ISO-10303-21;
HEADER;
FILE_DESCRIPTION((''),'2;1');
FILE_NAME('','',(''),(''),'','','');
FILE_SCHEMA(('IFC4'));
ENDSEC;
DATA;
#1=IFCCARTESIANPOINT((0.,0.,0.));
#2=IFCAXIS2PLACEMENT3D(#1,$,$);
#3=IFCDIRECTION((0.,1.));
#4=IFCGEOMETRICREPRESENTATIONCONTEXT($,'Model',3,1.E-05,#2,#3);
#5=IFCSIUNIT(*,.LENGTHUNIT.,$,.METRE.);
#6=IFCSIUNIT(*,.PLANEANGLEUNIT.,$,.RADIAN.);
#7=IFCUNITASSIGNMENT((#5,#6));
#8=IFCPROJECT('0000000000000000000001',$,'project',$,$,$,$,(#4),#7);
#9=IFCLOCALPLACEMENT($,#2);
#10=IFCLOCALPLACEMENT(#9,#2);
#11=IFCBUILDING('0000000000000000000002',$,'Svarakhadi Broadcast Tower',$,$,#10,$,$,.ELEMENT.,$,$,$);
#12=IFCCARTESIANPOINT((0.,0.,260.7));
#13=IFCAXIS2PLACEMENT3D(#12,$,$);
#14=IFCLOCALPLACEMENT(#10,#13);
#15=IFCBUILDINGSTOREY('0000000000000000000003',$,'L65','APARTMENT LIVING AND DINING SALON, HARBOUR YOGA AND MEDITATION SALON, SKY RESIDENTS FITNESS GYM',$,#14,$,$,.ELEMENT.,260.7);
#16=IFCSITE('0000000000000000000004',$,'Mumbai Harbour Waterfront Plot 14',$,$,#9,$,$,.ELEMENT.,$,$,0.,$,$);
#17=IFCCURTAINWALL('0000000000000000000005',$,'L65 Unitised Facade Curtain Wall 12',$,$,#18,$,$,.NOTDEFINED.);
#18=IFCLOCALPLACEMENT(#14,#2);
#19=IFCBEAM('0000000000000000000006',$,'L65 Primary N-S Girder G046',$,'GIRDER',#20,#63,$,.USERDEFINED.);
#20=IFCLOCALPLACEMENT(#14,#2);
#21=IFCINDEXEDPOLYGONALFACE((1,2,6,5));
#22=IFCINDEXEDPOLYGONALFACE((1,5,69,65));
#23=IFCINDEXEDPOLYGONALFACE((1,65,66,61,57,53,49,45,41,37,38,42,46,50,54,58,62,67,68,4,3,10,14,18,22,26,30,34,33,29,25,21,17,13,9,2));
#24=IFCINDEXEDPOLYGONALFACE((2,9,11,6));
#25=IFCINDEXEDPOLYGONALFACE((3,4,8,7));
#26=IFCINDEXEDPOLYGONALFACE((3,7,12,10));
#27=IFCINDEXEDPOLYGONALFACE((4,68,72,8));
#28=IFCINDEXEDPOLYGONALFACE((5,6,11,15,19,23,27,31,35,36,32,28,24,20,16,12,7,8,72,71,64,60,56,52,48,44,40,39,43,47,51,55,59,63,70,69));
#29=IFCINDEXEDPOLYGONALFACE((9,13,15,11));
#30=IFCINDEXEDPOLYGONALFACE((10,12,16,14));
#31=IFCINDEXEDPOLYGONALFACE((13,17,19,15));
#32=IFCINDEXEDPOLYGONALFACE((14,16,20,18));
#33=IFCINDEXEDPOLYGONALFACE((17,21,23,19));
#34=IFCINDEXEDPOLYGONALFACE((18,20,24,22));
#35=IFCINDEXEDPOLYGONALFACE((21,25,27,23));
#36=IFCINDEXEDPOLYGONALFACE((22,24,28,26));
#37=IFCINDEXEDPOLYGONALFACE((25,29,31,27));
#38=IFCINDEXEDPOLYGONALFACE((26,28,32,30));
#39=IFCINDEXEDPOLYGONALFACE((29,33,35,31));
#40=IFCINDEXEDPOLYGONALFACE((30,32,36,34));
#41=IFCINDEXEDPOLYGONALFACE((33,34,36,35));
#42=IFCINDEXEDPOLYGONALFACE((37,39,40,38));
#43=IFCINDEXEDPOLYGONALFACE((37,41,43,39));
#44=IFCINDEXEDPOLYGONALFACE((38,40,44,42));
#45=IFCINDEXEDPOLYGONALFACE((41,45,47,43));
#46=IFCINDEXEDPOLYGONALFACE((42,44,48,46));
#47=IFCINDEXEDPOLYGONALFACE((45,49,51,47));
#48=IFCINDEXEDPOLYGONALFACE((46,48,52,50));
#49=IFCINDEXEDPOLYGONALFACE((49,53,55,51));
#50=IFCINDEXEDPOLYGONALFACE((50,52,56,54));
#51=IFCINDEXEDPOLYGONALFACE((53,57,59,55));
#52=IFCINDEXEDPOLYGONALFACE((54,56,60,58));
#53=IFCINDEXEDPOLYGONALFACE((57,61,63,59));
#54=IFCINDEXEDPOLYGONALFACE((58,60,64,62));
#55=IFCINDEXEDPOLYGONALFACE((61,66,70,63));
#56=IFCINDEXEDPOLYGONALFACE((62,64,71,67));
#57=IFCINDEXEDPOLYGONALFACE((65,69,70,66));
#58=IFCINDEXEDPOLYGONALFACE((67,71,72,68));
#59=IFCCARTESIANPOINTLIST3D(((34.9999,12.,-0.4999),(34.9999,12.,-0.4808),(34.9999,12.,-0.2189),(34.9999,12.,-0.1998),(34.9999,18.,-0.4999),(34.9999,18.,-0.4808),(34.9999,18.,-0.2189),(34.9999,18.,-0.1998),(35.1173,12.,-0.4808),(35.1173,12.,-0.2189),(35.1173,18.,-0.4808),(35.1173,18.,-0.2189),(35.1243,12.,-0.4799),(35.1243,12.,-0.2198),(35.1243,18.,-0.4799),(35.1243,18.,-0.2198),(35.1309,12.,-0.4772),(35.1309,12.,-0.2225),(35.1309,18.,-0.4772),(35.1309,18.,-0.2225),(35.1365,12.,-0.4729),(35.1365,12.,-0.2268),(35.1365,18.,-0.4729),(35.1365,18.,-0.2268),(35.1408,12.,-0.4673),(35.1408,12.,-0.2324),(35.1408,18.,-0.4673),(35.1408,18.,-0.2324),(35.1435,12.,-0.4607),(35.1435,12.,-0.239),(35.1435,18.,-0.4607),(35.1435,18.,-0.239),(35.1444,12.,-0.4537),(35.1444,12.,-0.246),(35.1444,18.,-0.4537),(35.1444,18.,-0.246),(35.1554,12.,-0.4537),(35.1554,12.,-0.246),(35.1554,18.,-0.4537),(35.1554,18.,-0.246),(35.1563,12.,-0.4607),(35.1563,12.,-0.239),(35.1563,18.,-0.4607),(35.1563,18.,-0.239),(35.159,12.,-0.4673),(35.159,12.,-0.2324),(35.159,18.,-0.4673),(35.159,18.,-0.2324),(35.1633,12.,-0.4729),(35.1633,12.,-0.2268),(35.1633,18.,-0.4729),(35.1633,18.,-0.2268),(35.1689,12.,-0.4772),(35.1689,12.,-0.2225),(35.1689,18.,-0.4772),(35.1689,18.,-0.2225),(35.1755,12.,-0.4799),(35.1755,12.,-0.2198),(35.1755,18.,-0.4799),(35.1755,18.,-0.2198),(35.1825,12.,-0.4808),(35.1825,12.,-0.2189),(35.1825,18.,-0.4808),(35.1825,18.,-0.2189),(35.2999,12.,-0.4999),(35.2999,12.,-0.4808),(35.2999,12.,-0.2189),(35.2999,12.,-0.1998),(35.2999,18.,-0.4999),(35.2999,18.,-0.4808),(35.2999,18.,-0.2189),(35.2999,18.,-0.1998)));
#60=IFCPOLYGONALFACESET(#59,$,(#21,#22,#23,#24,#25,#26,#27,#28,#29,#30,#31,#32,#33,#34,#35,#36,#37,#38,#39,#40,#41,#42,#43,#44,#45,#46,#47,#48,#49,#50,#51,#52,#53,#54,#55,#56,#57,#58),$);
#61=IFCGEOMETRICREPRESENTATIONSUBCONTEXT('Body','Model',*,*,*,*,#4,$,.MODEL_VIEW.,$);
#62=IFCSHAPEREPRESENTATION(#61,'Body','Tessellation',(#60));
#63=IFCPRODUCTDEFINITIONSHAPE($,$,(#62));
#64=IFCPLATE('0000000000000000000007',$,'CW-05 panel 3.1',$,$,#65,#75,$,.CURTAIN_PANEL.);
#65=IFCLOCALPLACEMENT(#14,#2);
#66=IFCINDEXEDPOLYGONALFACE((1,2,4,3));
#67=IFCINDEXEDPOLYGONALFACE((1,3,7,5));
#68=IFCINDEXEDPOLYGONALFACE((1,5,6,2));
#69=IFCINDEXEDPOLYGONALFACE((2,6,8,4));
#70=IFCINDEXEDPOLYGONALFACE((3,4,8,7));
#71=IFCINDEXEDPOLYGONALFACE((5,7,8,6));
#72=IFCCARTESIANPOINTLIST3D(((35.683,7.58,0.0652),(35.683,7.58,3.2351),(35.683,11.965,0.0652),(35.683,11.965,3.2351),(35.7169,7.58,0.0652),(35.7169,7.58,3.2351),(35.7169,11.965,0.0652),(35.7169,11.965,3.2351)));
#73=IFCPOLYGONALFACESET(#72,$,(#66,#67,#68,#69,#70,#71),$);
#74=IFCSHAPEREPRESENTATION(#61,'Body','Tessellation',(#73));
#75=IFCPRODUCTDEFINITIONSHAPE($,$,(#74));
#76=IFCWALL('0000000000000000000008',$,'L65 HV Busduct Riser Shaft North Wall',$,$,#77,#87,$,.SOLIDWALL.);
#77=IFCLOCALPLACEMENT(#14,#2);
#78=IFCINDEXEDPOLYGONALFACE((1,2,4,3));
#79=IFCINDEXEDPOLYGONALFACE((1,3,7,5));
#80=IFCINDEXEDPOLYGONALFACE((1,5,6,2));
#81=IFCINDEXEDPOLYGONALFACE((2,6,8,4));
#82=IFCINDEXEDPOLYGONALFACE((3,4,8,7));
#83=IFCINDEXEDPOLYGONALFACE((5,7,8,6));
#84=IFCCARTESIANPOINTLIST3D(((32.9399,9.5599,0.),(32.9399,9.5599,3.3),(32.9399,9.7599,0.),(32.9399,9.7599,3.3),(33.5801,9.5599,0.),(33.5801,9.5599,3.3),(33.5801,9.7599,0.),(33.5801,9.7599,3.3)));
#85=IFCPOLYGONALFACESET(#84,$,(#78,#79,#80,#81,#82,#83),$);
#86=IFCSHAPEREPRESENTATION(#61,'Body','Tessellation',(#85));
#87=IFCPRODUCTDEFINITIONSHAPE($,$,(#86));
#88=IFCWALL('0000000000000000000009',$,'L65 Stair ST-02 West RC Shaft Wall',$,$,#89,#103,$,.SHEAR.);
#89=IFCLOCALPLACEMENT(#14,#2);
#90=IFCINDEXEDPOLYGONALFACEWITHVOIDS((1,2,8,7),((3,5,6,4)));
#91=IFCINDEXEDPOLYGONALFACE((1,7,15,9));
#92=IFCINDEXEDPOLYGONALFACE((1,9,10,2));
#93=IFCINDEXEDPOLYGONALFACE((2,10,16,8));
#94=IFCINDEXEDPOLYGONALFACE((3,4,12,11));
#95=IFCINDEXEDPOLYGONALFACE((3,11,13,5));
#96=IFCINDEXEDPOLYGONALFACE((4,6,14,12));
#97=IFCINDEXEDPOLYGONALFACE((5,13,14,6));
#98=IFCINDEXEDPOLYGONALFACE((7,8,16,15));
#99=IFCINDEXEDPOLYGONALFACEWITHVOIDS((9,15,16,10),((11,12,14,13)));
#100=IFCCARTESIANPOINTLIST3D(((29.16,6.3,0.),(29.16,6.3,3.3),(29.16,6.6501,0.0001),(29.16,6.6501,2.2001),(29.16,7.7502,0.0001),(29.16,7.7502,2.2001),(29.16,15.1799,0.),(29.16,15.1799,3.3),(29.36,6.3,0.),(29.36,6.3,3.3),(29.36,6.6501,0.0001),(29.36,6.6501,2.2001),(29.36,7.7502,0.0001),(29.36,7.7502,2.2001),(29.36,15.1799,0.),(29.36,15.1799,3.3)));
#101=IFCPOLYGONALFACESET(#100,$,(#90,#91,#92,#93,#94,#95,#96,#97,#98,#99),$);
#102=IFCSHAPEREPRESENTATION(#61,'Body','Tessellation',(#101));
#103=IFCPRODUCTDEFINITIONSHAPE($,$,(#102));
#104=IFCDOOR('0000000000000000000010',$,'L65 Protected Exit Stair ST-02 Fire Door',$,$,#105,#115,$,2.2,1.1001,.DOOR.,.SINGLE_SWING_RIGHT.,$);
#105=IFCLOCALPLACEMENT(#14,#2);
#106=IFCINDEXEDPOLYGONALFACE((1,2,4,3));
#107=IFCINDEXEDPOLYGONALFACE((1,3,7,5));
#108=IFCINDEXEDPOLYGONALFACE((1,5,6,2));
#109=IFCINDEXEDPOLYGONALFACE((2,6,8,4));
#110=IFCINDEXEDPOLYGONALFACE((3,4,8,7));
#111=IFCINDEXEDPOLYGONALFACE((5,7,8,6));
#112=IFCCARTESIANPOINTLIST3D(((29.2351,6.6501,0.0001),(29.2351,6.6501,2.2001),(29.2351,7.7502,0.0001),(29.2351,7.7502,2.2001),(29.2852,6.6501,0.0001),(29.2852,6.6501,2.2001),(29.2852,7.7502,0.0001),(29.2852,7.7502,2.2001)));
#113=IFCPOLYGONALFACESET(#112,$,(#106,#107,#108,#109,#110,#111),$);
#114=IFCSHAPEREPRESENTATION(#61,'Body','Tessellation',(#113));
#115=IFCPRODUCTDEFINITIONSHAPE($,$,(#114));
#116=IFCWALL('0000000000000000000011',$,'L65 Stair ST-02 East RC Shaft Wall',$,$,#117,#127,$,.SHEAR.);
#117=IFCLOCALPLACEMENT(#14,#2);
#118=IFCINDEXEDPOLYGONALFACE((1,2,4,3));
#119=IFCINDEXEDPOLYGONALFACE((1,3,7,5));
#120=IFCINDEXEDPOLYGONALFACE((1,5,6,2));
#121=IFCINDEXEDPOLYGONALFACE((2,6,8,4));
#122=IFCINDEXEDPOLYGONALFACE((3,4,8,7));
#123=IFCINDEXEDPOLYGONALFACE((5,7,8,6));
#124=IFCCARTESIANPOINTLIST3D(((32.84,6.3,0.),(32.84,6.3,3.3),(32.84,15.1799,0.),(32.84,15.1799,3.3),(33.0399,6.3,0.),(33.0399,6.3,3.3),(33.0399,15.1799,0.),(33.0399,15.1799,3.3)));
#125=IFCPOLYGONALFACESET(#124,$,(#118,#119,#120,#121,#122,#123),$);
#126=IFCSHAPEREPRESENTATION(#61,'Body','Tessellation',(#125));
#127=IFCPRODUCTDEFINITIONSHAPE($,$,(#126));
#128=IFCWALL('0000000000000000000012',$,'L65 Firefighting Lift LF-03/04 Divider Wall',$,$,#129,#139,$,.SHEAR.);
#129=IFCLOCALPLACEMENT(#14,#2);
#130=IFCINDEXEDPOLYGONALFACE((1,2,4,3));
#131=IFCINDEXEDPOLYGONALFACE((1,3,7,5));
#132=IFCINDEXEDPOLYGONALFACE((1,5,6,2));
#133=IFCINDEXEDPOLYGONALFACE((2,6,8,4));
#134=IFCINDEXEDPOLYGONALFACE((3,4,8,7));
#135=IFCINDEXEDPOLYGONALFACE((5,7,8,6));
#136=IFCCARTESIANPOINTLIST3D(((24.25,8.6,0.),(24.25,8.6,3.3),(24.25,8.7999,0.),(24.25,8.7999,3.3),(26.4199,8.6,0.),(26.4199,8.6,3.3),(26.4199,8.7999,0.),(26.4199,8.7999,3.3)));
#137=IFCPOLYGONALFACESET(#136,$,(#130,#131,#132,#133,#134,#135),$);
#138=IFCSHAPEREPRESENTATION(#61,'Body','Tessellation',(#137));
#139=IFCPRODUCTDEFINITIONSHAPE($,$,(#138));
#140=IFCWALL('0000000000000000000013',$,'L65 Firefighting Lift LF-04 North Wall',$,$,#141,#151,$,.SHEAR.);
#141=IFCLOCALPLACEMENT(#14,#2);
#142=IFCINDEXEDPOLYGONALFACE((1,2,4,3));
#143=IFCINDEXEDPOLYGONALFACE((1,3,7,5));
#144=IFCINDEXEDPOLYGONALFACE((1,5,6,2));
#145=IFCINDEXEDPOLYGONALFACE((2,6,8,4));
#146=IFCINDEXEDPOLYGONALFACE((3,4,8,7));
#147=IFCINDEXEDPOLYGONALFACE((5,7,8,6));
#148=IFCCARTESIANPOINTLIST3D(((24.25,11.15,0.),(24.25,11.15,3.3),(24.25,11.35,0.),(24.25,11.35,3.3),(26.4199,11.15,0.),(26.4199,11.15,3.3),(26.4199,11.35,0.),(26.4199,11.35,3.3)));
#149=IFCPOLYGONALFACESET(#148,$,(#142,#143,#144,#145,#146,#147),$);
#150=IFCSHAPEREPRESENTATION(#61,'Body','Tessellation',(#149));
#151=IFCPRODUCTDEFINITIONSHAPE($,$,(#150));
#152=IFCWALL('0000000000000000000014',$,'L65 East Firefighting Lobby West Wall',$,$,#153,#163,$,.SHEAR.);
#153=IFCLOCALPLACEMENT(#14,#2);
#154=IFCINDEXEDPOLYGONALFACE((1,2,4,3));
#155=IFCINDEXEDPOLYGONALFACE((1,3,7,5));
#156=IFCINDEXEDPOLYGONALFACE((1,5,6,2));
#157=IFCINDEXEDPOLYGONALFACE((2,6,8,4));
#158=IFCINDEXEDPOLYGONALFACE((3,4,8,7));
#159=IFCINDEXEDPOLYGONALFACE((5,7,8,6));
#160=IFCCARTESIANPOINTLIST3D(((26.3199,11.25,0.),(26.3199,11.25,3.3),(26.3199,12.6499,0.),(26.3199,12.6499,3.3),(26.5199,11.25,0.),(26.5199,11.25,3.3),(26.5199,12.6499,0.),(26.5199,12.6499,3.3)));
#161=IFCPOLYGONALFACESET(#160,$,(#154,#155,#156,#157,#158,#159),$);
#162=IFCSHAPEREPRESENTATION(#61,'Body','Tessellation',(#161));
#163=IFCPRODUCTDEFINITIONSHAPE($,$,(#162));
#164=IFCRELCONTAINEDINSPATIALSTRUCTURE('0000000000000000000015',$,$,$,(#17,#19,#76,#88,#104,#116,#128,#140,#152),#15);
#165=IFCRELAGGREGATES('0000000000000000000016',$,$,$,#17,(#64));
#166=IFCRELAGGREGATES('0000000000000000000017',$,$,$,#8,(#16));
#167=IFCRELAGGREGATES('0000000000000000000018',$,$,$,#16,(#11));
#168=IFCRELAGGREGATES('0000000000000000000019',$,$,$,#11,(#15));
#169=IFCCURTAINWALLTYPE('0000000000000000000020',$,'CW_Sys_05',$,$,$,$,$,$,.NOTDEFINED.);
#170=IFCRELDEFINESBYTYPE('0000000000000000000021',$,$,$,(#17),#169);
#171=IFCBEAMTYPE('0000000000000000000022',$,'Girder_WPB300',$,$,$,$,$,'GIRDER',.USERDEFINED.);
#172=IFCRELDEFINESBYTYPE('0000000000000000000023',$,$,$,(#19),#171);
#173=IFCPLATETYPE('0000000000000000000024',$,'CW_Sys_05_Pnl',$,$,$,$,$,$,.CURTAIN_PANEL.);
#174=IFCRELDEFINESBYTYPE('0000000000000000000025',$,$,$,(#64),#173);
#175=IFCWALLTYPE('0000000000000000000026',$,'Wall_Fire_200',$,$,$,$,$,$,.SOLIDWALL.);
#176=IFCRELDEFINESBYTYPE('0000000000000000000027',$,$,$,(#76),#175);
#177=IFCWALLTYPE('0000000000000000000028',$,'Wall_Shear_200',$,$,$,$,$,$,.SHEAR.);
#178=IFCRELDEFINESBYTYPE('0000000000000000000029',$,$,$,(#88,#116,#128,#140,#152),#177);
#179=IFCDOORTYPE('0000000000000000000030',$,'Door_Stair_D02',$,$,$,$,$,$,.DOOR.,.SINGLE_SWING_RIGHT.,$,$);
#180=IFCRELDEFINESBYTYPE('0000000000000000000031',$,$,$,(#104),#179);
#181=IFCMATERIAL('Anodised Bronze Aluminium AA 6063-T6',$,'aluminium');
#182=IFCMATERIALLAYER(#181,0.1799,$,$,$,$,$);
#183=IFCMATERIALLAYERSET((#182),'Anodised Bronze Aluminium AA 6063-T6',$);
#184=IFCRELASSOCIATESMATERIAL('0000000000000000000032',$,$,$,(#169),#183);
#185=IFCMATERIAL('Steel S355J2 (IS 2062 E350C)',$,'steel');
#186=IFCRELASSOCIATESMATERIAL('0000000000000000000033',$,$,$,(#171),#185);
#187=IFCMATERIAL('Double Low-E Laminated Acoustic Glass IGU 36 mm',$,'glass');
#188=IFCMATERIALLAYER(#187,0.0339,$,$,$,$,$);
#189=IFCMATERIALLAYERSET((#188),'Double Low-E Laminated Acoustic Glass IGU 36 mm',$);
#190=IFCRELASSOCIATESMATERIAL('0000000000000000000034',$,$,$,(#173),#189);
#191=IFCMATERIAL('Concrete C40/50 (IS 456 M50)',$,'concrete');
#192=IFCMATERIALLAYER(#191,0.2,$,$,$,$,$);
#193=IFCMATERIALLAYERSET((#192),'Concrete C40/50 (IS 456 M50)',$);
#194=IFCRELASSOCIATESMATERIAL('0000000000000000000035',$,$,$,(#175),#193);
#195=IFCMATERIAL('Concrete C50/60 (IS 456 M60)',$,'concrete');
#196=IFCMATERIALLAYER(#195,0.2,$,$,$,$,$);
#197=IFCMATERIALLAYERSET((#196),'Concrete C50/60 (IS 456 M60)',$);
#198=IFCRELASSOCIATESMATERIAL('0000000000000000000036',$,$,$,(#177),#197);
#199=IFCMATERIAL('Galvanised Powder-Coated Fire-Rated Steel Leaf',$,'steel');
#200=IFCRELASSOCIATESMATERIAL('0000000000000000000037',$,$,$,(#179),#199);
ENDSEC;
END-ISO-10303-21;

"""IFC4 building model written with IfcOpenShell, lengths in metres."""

from ifc_helpers import new_model, si_unit, direction, frame, frame_2d, origin, origin_2d, place, context, subcontext, project, spatial, rectangle, i_section, extrude, material, layer, layer_set, material_profile, profile_set, type_object, element, fill, aggregate, save


model = new_model("IFC4")

# Units and contexts
model_context = context("Model", 3, precision=1e-05, world=origin(), true_north=direction((0.0, 1.0)))
body_context = subcontext(model_context, "Body", "Model", "MODEL_VIEW")
ifc_project = project(units=[si_unit("LENGTHUNIT", "METRE"), si_unit("PLANEANGLEUNIT", "RADIAN")], contexts=[model_context])

# Site, building, storey
site_placement = place(None, origin())
site = spatial("IfcSite", under=ifc_project, at=site_placement, Name="Mumbai Harbour Waterfront Plot 14", CompositionType="ELEMENT", RefElevation=0.0)
building_placement = place(site_placement, origin())
building = spatial("IfcBuilding", under=site, at=building_placement, Name="Svarakhadi Broadcast Tower", CompositionType="ELEMENT")
storey_placement = place(building_placement, frame((0.0, 0.0, 260.7)))
storey = spatial("IfcBuildingStorey", under=building, at=storey_placement, Name="L65", Description="APARTMENT LIVING AND DINING SALON, HARBOUR YOGA AND MEDITATION SALON, SKY RESIDENTS FITNESS GYM", CompositionType="ELEMENT", Elevation=260.7)

# Curtain wall
ifc_material_1 = material(Name="Anodised Bronze Aluminium AA 6063-T6", Category="aluminium")
ifc_layer_1 = layer(ifc_material_1, 0.1799)
ifc_layer_set_1 = layer_set([ifc_layer_1], Name="Anodised Bronze Aluminium AA 6063-T6")
curtain_wall_type = type_object("IfcCurtainWallType", Name="CW_Sys_05", PredefinedType="NOTDEFINED", material=ifc_layer_set_1)
curtain_wall_placement = place(storey_placement, origin())
curtain_wall = element("IfcCurtainWall", 1, at=curtain_wall_placement, inside=storey, type_object=curtain_wall_type, Name="L65 Unitised Facade Curtain Wall 12", PredefinedType="NOTDEFINED")

# Beam
ifc_material_2 = material(Name="Concrete C50/60 (IS 456 M60)", Category="concrete")
ifc_material_3 = material(Name="Steel S355J2 (IS 2062 E350C)", Category="steel")
ifc_material_profile_1 = material_profile(ifc_material_3, i_section(OverallWidth=0.3, OverallDepth=0.3, WebThickness=0.011, FlangeThickness=0.019, FilletRadius=0.0271, at=origin_2d()), Name="WPB 300x300x117")
ifc_profile_set_1 = profile_set([ifc_material_profile_1], Name="Steel S355J2 (IS 2062 E350C)")
beam_type_1 = type_object("IfcBeamType", Name="Girder_WPB300", ElementType="GIRDER", PredefinedType="USERDEFINED", material=ifc_profile_set_1)
beam_1_placement = place(storey_placement, frame((35.1499, 12.0, -0.3499), z_axis=(0.0, 1.0, 0.0), x_axis=(-1.0, 0.0, 0.0)))
element("IfcBeam", 2, at=beam_1_placement, inside=storey, type_object=beam_type_1, Name="L65 Primary N-S Girder G046", ObjectType="GIRDER", PredefinedType="USERDEFINED", context=body_context, shape_type="SweptSolid", body=[
    extrude(i_section(OverallWidth=0.3, OverallDepth=0.3, WebThickness=0.011, FlangeThickness=0.019, FilletRadius=0.0271, at=origin_2d()), origin(), (0.0, 0.0, 1.0), 6.0),
])

# Plate
ifc_material_4 = material(Name="Double Low-E Laminated Acoustic Glass IGU 36 mm", Category="glass")
ifc_layer_2 = layer(ifc_material_4, 0.0339)
ifc_layer_set_2 = layer_set([ifc_layer_2], Name="Double Low-E Laminated Acoustic Glass IGU 36 mm")
plate_type = type_object("IfcPlateType", Name="CW_Sys_05_Pnl", PredefinedType="CURTAIN_PANEL", material=ifc_layer_set_2)
plate_placement = place(storey_placement, frame((35.7, 9.7725, 0.0652), z_axis=(0.0, 0.0, 1.0), x_axis=(0.0, -1.0, 0.0)))
plate = element("IfcPlate", 3, at=plate_placement, type_object=plate_type, Name="CW-05 panel 3.1", PredefinedType="CURTAIN_PANEL", context=body_context, shape_type="SweptSolid", body=[
    extrude(rectangle(XDim=4.385, YDim=0.0339, at=origin_2d()), origin(), (0.0, 0.0, 1.0), 3.1699),
])
aggregate(curtain_wall, [plate])

# Wall
ifc_material_5 = material(Name="Concrete C40/50 (IS 456 M50)", Category="concrete")
ifc_layer_3 = layer(ifc_material_5, 0.2)
ifc_layer_set_3 = layer_set([ifc_layer_3], Name="Concrete C40/50 (IS 456 M50)")
wall_type_1 = type_object("IfcWallType", Name="Wall_Fire_200", PredefinedType="SOLIDWALL", material=ifc_layer_set_3)
wall_1_placement = place(storey_placement, frame((32.9399, 9.6599, 0.0), z_axis=(0.0, 0.0, 1.0), x_axis=(1.0, 0.0, 0.0)))
element("IfcWall", 4, at=wall_1_placement, inside=storey, type_object=wall_type_1, Name="L65 HV Busduct Riser Shaft North Wall", PredefinedType="SOLIDWALL", context=body_context, shape_type="SweptSolid", body=[
    extrude(rectangle(XDim=0.6401, YDim=0.2, at=frame_2d((0.3201, 0.0))), origin(), (0.0, 0.0, 1.0), 3.3),
])

# Wall, opening, door
ifc_layer_4 = layer(ifc_material_2, 0.2)
ifc_layer_set_4 = layer_set([ifc_layer_4], Name="Concrete C50/60 (IS 456 M60)")
wall_type_2 = type_object("IfcWallType", Name="Wall_Shear_200", PredefinedType="SHEAR", material=ifc_layer_set_4)
wall_2_placement = place(storey_placement, frame((29.26, 6.3, 0.0), z_axis=(0.0, 0.0, 1.0), x_axis=(0.0, 1.0, 0.0)))
wall_2 = element("IfcWall", 5, at=wall_2_placement, inside=storey, type_object=wall_type_2, Name="L65 Stair ST-02 West RC Shaft Wall", PredefinedType="SHEAR", context=body_context, shape_type="SweptSolid", body=[
    extrude(rectangle(XDim=8.8799, YDim=0.2, at=frame_2d((4.4399, 0.0))), origin(), (0.0, 0.0, 1.0), 3.3),
])
opening_placement = place(wall_2_placement, frame((0.3501, 0.0, 0.0)))
opening = element("IfcOpeningElement", 6, at=opening_placement, cuts=wall_2, PredefinedType="OPENING", context=body_context, shape_type="SweptSolid", body=[
    extrude(rectangle(XDim=1.1001, YDim=2.2, at=frame_2d((0.55, 1.1001))), frame((0.0, 0.1099, 0.0), z_axis=(0.0, -1.0, 0.0), x_axis=(1.0, 0.0, 0.0)), (0.0, 0.0, 1.0), 0.22),
])
ifc_material_6 = material(Name="Galvanised Powder-Coated Fire-Rated Steel Leaf", Category="steel")
door_type = type_object("IfcDoorType", Name="Door_Stair_D02", OperationType="SINGLE_SWING_RIGHT", PredefinedType="DOOR", material=ifc_material_6)
door_placement = place(opening_placement, origin())
door = element("IfcDoor", 7, at=door_placement, inside=storey, type_object=door_type, Name="L65 Protected Exit Stair ST-02 Fire Door", OperationType="SINGLE_SWING_RIGHT", OverallHeight=2.2, OverallWidth=1.1001, PredefinedType="DOOR", context=body_context, shape_type="SweptSolid", body=[
    extrude(rectangle(XDim=1.1001, YDim=2.2, at=frame_2d((0.55, 1.1001))), frame((0.0, 0.0249, 0.0), z_axis=(0.0, -1.0, 0.0), x_axis=(1.0, 0.0, 0.0)), (0.0, 0.0, 1.0), 0.05),
])
fill(opening, door)

# Walls
wall_3_placement = place(storey_placement, frame((32.9399, 6.3, 0.0), z_axis=(0.0, 0.0, 1.0), x_axis=(0.0, 1.0, 0.0)))
element("IfcWall", 8, at=wall_3_placement, inside=storey, type_object=wall_type_2, Name="L65 Stair ST-02 East RC Shaft Wall", PredefinedType="SHEAR", context=body_context, shape_type="SweptSolid", body=[
    extrude(rectangle(XDim=8.8799, YDim=0.2, at=frame_2d((4.4399, 0.0))), origin(), (0.0, 0.0, 1.0), 3.3),
])
for number, where, z_axis, x_axis, name in (
    (9, (24.25, 8.7, 0.0), (0.0, 0.0, 1.0), (1.0, 0.0, 0.0), "L65 Firefighting Lift LF-03/04 Divider Wall"),
    (10, (24.25, 11.25, 0.0), (0.0, 0.0, 1.0), (1.0, 0.0, 0.0), "L65 Firefighting Lift LF-04 North Wall"),
):
    element("IfcWall", number, at=place(storey_placement, frame(where, z_axis=z_axis, x_axis=x_axis)), inside=storey, type_object=wall_type_2, Name=name, PredefinedType="SHEAR", context=body_context, shape_type="SweptSolid", body=[
        extrude(rectangle(XDim=2.1699, YDim=0.2, at=frame_2d((1.085, 0.0))), origin(), (0.0, 0.0, 1.0), 3.3),
    ])
wall_4_placement = place(storey_placement, frame((26.4199, 11.25, 0.0), z_axis=(0.0, 0.0, 1.0), x_axis=(0.0, 1.0, 0.0)))
element("IfcWall", 11, at=wall_4_placement, inside=storey, type_object=wall_type_2, Name="L65 East Firefighting Lobby West Wall", PredefinedType="SHEAR", context=body_context, shape_type="SweptSolid", body=[
    extrude(rectangle(XDim=1.3999, YDim=0.2, at=frame_2d((0.7, 0.0))), origin(), (0.0, 0.0, 1.0), 3.3),
])

save(model, "model.ifc")
